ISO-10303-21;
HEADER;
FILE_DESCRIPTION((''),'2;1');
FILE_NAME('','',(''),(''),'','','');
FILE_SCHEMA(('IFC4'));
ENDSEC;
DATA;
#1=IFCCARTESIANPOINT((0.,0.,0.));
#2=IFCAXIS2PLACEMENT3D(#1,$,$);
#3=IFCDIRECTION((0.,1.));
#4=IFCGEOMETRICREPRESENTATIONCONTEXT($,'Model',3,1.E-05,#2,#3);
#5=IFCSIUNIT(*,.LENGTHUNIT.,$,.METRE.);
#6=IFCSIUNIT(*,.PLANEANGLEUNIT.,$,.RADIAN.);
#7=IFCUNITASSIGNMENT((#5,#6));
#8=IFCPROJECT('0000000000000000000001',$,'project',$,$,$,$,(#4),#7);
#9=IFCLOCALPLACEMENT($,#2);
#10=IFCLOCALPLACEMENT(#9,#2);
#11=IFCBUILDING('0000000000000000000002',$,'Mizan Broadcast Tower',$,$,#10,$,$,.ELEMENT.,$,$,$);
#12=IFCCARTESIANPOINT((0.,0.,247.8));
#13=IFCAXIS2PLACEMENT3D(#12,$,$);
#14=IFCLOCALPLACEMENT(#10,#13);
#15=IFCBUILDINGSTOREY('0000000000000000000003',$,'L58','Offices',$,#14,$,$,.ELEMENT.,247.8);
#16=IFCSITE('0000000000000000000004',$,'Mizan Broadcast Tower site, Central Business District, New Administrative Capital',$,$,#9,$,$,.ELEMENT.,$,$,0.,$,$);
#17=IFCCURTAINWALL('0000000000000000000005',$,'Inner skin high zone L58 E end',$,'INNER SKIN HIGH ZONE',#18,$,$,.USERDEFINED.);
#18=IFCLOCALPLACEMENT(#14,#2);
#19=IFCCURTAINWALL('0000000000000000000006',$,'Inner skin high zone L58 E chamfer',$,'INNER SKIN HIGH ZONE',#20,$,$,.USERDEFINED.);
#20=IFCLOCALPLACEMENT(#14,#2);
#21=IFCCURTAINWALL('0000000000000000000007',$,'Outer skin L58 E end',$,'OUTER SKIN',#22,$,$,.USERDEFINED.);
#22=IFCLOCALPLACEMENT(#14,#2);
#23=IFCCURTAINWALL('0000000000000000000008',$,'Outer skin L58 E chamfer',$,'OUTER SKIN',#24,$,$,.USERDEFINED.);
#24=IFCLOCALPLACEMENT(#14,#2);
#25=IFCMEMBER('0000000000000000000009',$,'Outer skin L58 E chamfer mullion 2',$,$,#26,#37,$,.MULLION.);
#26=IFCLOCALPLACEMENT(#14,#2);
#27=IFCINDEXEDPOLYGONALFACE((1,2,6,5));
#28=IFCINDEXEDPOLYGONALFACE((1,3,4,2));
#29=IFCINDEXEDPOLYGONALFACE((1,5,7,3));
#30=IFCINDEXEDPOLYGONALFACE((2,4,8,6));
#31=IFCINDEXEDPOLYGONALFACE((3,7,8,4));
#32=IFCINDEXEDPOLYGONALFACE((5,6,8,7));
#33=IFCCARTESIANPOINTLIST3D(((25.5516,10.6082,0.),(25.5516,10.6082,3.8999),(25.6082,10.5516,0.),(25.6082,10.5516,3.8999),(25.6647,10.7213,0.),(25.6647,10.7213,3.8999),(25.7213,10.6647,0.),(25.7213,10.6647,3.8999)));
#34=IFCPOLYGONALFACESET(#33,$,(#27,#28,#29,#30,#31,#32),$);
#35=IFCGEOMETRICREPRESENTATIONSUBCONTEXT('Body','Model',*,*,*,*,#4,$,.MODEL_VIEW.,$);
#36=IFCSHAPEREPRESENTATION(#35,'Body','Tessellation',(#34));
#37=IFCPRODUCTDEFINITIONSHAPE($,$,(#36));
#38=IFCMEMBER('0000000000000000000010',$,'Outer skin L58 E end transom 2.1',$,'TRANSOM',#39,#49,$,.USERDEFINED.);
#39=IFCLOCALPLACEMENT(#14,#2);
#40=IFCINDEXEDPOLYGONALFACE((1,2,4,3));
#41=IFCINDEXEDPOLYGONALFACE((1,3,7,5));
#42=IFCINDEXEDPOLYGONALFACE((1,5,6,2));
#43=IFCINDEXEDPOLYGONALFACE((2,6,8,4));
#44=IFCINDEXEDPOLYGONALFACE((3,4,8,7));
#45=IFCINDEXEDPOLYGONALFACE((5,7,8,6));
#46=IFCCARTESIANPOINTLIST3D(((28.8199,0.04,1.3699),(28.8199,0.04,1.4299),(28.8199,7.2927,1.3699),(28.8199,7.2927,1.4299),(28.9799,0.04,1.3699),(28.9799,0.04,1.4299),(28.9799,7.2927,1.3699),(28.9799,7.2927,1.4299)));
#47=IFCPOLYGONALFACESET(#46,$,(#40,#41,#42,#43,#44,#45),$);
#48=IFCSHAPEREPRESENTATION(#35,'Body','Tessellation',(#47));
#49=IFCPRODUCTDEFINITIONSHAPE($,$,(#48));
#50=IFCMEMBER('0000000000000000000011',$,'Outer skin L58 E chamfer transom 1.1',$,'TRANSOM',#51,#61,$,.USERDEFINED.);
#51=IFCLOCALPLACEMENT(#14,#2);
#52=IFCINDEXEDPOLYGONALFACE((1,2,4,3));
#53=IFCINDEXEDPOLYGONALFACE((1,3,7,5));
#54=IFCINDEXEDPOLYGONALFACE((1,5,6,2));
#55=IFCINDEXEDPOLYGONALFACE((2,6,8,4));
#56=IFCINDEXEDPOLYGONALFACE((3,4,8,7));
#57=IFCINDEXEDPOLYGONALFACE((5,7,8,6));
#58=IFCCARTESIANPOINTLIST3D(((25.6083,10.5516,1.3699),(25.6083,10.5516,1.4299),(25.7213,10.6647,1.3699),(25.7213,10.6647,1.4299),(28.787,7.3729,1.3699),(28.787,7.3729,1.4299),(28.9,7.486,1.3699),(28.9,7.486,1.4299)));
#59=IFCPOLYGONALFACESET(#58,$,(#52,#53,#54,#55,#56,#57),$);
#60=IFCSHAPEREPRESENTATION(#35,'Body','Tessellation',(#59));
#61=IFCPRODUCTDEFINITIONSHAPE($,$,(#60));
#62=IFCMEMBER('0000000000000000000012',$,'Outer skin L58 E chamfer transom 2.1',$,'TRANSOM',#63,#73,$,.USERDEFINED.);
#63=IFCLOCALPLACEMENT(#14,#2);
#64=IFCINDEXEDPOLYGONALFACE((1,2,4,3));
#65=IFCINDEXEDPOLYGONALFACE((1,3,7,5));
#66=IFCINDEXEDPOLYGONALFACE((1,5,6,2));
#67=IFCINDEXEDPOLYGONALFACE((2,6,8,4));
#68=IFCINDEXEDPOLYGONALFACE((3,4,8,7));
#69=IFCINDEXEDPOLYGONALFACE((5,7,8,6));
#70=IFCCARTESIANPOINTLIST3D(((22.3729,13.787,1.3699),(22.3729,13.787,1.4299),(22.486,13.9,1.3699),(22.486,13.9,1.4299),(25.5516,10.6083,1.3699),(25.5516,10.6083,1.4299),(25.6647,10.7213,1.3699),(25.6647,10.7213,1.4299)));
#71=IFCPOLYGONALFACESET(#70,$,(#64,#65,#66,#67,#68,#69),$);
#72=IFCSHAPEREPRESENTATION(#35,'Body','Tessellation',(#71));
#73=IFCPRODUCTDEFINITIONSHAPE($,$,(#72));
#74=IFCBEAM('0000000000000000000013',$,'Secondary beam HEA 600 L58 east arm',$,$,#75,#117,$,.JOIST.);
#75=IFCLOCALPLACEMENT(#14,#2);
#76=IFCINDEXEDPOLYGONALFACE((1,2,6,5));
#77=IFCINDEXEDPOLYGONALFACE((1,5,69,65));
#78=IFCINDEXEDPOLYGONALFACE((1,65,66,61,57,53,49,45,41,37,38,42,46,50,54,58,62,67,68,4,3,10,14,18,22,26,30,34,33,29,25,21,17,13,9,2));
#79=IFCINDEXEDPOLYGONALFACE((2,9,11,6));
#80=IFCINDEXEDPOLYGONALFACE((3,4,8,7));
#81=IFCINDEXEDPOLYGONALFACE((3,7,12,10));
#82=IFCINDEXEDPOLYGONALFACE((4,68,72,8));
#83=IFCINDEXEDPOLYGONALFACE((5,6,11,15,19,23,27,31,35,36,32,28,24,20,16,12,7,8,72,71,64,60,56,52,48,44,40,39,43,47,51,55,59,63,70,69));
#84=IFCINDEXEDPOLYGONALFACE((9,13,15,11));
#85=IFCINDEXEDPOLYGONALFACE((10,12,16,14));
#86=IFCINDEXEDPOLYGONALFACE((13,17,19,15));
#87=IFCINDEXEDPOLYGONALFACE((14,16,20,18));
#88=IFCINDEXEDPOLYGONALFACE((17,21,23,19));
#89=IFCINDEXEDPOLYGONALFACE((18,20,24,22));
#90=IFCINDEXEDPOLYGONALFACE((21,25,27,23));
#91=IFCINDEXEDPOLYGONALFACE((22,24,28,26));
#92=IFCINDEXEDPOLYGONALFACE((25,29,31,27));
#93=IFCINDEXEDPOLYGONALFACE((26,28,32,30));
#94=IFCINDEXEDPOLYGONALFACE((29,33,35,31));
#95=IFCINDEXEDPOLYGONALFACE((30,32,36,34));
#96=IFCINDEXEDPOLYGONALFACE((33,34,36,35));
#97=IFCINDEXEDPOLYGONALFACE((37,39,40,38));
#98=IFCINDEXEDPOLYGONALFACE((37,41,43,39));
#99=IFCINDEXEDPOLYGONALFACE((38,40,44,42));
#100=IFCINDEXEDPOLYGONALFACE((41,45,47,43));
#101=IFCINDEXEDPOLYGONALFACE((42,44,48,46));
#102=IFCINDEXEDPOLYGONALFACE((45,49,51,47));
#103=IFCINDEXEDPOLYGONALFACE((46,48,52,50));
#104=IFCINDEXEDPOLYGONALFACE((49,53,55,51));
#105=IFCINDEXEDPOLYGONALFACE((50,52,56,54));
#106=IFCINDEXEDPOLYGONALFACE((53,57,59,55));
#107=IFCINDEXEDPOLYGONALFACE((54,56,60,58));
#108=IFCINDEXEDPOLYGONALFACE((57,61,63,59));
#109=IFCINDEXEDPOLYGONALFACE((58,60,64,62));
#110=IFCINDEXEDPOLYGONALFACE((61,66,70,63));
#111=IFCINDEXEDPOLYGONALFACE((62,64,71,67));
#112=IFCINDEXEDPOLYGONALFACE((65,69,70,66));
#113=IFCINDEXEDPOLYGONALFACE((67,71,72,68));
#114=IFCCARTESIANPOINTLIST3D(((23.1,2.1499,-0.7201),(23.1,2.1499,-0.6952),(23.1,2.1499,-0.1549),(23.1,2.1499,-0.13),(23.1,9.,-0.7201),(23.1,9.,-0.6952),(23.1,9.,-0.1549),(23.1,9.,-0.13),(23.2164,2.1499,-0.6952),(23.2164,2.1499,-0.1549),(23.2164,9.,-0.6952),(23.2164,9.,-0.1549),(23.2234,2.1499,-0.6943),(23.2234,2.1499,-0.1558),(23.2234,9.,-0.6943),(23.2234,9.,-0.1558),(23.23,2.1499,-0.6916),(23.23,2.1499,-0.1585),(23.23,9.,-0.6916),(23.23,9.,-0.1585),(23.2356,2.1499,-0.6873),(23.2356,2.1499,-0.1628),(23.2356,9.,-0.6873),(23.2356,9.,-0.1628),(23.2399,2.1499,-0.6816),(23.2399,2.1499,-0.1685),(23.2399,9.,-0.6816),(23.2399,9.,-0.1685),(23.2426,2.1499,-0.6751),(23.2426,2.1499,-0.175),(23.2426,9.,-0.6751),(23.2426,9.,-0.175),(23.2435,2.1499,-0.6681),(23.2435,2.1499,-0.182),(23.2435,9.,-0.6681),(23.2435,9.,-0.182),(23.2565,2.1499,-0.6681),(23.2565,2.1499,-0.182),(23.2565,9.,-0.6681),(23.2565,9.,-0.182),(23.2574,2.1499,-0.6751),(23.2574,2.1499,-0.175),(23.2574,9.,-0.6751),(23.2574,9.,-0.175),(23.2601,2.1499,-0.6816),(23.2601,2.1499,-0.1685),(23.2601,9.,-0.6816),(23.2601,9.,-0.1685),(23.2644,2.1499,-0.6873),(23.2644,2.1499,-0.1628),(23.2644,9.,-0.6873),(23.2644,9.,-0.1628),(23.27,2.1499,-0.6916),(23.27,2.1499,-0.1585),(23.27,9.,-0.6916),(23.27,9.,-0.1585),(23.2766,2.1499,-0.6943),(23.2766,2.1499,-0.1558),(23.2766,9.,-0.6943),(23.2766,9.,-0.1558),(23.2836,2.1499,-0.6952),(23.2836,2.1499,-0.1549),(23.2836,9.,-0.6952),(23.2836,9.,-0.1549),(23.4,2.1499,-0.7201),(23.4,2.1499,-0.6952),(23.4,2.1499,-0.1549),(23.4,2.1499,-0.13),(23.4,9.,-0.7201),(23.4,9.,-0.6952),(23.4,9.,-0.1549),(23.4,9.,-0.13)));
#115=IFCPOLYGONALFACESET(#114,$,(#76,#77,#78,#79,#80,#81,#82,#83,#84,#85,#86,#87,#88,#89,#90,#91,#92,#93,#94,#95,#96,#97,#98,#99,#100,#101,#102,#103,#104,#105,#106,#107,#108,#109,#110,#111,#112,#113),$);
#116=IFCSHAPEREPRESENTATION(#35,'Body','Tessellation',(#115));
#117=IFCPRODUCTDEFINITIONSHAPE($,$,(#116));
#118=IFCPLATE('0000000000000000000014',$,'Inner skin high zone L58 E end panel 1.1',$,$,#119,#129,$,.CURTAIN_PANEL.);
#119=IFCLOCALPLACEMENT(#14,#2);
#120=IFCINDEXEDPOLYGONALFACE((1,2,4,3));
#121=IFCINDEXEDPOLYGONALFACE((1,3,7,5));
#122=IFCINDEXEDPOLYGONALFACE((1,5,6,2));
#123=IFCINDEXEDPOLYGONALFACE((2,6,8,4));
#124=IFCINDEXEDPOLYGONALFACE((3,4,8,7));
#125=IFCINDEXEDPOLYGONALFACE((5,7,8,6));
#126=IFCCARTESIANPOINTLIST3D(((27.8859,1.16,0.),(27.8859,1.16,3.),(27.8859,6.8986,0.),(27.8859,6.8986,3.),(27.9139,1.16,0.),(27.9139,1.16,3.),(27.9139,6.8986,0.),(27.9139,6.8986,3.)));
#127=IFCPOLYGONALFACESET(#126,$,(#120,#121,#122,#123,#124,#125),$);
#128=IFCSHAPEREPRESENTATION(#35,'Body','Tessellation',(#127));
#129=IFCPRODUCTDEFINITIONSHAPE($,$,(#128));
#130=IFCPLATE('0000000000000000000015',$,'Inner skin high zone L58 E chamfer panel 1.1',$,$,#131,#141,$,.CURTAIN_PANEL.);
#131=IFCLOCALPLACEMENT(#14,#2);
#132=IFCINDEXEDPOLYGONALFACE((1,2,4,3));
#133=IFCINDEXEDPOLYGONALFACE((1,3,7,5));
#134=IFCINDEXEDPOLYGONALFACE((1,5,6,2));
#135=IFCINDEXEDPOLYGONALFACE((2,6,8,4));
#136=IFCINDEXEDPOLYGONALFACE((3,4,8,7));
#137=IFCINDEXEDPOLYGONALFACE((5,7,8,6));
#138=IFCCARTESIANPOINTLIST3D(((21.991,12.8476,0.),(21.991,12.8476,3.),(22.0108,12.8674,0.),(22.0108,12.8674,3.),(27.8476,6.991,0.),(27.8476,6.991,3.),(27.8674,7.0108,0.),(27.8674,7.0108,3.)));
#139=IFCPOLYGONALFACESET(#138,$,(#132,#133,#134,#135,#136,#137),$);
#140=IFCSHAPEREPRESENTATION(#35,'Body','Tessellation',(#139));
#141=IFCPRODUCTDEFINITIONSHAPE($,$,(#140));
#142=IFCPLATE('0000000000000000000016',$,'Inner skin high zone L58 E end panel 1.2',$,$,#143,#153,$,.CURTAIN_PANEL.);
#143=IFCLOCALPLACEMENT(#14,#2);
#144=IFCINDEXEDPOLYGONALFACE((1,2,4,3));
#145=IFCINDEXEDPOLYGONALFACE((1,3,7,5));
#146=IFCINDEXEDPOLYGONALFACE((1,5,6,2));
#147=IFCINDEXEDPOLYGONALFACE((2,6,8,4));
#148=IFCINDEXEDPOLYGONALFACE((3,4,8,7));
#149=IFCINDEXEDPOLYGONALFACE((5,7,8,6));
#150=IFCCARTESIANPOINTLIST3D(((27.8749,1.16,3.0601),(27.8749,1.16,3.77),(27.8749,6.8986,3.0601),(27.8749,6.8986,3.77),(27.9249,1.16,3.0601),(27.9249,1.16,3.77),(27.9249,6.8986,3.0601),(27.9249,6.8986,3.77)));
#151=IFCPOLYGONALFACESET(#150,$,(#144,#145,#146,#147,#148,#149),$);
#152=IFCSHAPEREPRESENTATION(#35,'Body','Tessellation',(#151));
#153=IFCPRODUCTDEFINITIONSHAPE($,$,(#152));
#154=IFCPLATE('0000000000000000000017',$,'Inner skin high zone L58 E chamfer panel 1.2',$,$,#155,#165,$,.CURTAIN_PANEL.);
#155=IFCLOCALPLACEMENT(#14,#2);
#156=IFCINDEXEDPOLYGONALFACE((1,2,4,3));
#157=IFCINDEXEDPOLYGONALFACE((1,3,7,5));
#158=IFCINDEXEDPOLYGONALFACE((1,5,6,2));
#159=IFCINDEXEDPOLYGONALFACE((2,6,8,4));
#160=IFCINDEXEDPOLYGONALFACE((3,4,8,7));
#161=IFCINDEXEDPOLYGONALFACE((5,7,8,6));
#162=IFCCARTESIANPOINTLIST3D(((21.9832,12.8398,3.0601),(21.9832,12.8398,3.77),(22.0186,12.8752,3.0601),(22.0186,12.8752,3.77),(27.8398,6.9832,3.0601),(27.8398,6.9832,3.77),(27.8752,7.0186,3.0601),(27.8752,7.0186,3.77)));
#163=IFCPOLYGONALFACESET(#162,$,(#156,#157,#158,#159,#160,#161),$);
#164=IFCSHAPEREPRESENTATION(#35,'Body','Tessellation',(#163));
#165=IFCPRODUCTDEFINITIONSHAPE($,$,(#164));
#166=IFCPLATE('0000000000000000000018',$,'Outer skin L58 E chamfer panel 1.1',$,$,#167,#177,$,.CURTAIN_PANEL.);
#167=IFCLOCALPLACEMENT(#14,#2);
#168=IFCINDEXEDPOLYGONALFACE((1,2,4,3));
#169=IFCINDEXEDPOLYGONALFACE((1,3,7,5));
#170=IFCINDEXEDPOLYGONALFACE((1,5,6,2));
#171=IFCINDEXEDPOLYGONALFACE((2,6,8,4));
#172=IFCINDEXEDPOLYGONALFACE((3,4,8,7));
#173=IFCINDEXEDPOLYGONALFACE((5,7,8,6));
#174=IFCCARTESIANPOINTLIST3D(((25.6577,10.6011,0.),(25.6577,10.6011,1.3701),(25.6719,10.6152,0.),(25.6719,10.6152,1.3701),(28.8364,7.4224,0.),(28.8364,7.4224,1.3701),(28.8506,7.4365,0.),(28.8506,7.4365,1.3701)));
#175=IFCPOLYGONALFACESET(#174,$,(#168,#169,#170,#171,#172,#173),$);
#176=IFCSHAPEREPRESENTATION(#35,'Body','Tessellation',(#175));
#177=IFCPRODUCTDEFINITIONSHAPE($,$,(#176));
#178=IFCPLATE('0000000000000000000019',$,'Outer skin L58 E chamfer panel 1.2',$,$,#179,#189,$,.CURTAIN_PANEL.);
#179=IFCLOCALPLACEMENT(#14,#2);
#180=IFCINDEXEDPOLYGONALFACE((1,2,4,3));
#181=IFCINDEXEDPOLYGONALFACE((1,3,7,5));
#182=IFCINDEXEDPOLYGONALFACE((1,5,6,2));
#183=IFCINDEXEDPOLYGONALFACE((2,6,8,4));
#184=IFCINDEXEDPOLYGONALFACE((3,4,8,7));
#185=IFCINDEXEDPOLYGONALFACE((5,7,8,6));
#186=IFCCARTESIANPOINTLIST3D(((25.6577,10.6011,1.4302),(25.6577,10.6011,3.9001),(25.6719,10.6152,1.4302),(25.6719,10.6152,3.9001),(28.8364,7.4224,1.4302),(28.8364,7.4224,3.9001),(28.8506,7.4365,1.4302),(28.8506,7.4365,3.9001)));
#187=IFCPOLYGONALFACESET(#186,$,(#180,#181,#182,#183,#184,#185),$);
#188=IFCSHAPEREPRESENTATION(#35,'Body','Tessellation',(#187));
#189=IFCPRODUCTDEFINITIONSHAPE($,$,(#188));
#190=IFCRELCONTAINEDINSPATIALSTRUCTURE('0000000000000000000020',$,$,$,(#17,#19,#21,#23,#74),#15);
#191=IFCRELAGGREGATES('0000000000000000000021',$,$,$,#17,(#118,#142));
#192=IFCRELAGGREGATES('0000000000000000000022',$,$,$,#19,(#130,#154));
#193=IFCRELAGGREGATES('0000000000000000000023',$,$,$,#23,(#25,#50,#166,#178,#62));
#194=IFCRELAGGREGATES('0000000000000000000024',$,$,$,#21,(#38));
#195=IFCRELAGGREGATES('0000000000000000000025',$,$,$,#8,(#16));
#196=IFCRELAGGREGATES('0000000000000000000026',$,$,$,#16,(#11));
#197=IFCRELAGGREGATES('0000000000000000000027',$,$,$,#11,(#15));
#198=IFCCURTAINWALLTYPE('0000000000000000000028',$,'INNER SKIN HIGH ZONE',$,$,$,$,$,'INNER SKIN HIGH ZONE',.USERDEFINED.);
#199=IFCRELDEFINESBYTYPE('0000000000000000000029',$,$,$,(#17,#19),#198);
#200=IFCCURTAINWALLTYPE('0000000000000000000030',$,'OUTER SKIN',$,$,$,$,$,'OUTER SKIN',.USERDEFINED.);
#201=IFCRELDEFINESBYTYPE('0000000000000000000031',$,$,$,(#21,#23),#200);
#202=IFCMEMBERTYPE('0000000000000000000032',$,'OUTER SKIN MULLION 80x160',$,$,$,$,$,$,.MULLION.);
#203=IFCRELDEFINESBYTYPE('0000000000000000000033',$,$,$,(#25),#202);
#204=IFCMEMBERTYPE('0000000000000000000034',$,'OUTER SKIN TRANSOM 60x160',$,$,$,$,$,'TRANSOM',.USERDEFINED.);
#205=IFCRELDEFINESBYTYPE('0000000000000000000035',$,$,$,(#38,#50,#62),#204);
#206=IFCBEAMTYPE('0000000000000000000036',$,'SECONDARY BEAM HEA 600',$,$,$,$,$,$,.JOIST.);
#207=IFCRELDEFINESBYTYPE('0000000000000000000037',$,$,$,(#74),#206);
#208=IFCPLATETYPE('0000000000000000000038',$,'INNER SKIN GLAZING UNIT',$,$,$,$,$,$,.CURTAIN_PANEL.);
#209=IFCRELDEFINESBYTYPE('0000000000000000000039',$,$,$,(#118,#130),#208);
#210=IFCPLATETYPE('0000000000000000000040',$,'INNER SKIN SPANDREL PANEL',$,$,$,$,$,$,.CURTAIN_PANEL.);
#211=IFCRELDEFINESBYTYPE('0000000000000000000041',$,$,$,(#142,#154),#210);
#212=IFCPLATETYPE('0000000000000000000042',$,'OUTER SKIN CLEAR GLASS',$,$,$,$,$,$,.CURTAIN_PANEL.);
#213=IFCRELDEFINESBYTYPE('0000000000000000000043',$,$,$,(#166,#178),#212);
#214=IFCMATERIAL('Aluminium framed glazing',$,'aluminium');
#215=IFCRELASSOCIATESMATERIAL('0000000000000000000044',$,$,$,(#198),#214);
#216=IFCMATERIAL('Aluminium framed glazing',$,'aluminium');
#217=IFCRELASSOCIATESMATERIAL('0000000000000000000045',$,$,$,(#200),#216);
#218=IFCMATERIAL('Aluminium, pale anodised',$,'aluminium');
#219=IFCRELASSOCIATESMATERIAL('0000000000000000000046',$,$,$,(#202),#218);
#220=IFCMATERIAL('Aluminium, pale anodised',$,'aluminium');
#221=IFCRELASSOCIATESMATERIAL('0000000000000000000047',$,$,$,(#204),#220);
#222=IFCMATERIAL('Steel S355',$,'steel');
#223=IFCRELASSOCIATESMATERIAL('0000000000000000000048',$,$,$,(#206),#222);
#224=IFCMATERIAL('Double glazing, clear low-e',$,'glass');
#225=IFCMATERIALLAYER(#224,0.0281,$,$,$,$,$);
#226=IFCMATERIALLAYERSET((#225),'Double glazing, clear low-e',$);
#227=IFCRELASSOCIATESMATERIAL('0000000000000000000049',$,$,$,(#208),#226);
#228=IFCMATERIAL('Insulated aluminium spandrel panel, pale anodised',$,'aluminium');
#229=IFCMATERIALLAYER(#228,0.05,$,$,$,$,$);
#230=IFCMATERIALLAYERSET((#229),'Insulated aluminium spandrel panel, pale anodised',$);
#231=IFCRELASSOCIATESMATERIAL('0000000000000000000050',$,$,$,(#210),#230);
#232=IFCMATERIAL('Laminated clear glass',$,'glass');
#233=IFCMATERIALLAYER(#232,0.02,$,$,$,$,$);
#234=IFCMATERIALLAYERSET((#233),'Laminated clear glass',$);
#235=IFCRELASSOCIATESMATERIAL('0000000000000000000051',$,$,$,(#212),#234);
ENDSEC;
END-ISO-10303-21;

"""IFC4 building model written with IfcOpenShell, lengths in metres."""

from ifc_helpers import new_model, si_unit, direction, frame, origin, origin_2d, place, context, subcontext, project, spatial, rectangle, i_section, extrude, material, layer, layer_set, material_profile, profile_set, type_object, element, aggregate, save


model = new_model("IFC4")

# Units and contexts
model_context = context("Model", 3, precision=1e-05, world=origin(), true_north=direction((0.0, 1.0)))
body_context = subcontext(model_context, "Body", "Model", "MODEL_VIEW")
ifc_project = project(units=[si_unit("LENGTHUNIT", "METRE"), si_unit("PLANEANGLEUNIT", "RADIAN")], contexts=[model_context])

# Site, building, storey
site_placement = place(None, origin())
site = spatial("IfcSite", under=ifc_project, at=site_placement, Name="Mizan Broadcast Tower site, Central Business District, New Administrative Capital", CompositionType="ELEMENT", RefElevation=0.0)
building_placement = place(site_placement, origin())
building = spatial("IfcBuilding", under=site, at=building_placement, Name="Mizan Broadcast Tower", CompositionType="ELEMENT")
storey_placement = place(building_placement, frame((0.0, 0.0, 247.8)))
storey = spatial("IfcBuildingStorey", under=building, at=storey_placement, Name="L58", Description="Offices", CompositionType="ELEMENT", Elevation=247.8)

# Curtain wall
ifc_material_1 = material(Name="Aluminium framed glazing", Category="aluminium")
curtain_wall_type_1 = type_object("IfcCurtainWallType", Name="INNER SKIN HIGH ZONE", ElementType="INNER SKIN HIGH ZONE", PredefinedType="USERDEFINED", material=ifc_material_1)
curtain_wall_1_placement = place(storey_placement, origin())
curtain_wall_1 = element("IfcCurtainWall", 1, at=curtain_wall_1_placement, inside=storey, type_object=curtain_wall_type_1, Name="Inner skin high zone L58 E end", ObjectType="INNER SKIN HIGH ZONE", PredefinedType="USERDEFINED")

# Curtain wall
curtain_wall_2_placement = place(storey_placement, origin())
curtain_wall_2 = element("IfcCurtainWall", 2, at=curtain_wall_2_placement, inside=storey, type_object=curtain_wall_type_1, Name="Inner skin high zone L58 E chamfer", ObjectType="INNER SKIN HIGH ZONE", PredefinedType="USERDEFINED")

# Curtain wall
ifc_material_2 = material(Name="Aluminium framed glazing", Category="aluminium")
curtain_wall_type_2 = type_object("IfcCurtainWallType", Name="OUTER SKIN", ElementType="OUTER SKIN", PredefinedType="USERDEFINED", material=ifc_material_2)
curtain_wall_3_placement = place(storey_placement, origin())
curtain_wall_3 = element("IfcCurtainWall", 3, at=curtain_wall_3_placement, inside=storey, type_object=curtain_wall_type_2, Name="Outer skin L58 E end", ObjectType="OUTER SKIN", PredefinedType="USERDEFINED")
ifc_material_3 = material(Name="Aluminium, pale anodised", Category="aluminium")
ifc_material_profile_1 = material_profile(ifc_material_3, rectangle(XDim=0.1599, YDim=0.0801, at=origin_2d()), Name="MULLION 160x80")
ifc_profile_set_1 = profile_set([ifc_material_profile_1], Name="Aluminium, pale anodised")
member_type_1 = type_object("IfcMemberType", Name="OUTER SKIN MULLION 80x160", PredefinedType="MULLION", material=ifc_profile_set_1)

# Curtain wall, member
curtain_wall_4_placement = place(storey_placement, origin())
curtain_wall_4 = element("IfcCurtainWall", 4, at=curtain_wall_4_placement, inside=storey, type_object=curtain_wall_type_2, Name="Outer skin L58 E chamfer", ObjectType="OUTER SKIN", PredefinedType="USERDEFINED")
member_1_placement = place(storey_placement, frame((25.6365, 10.6365, 0.0), z_axis=(0.0, 0.0, 1.0), x_axis=(-0.707107, -0.707107, 0.0)))
member_1 = element("IfcMember", 5, at=member_1_placement, type_object=member_type_1, Name="Outer skin L58 E chamfer mullion 2", PredefinedType="MULLION", context=body_context, shape_type="SweptSolid", body=[
    extrude(rectangle(XDim=0.1599, YDim=0.0801, at=origin_2d()), origin(), (0.0, 0.0, 1.0), 3.8999),
])

# Members
ifc_material_4 = material(Name="Aluminium, pale anodised", Category="aluminium")
ifc_material_profile_2 = material_profile(ifc_material_4, rectangle(XDim=0.1599, YDim=0.0601, at=origin_2d()), Name="TRANSOM 160x60")
ifc_profile_set_2 = profile_set([ifc_material_profile_2], Name="Aluminium, pale anodised")
member_type_2 = type_object("IfcMemberType", Name="OUTER SKIN TRANSOM 60x160", ElementType="TRANSOM", PredefinedType="USERDEFINED", material=ifc_profile_set_2)
member_2_placement = place(storey_placement, frame((28.8999, 0.04, 1.3999), z_axis=(0.0, 1.0, 0.0), x_axis=(-1.0, 0.0, 0.0)))
member_2 = element("IfcMember", 6, at=member_2_placement, type_object=member_type_2, Name="Outer skin L58 E end transom 2.1", ObjectType="TRANSOM", PredefinedType="USERDEFINED", context=body_context, shape_type="SweptSolid", body=[
    extrude(rectangle(XDim=0.1599, YDim=0.0601, at=origin_2d()), origin(), (0.0, 0.0, 1.0), 7.2527),
])
member_3_placement = place(storey_placement, frame((28.8435, 7.4294, 1.3999), z_axis=(-0.707107, 0.707107, 0.0), x_axis=(-0.707107, -0.707107, 0.0)))
member_3 = element("IfcMember", 7, at=member_3_placement, type_object=member_type_2, Name="Outer skin L58 E chamfer transom 1.1", ObjectType="TRANSOM", PredefinedType="USERDEFINED", context=body_context, shape_type="SweptSolid", body=[
    extrude(rectangle(XDim=0.1599, YDim=0.0601, at=origin_2d()), origin(), (0.0, 0.0, 1.0), 4.4954),
])
member_4_placement = place(storey_placement, frame((25.6082, 10.6648, 1.3999), z_axis=(-0.707107, 0.707107, 0.0), x_axis=(-0.707107, -0.707107, 0.0)))
member_4 = element("IfcMember", 8, at=member_4_placement, type_object=member_type_2, Name="Outer skin L58 E chamfer transom 2.1", ObjectType="TRANSOM", PredefinedType="USERDEFINED", context=body_context, shape_type="SweptSolid", body=[
    extrude(rectangle(XDim=0.1599, YDim=0.0601, at=origin_2d()), origin(), (0.0, 0.0, 1.0), 4.4954),
])

# Beam
ifc_material_5 = material(Name="Steel S355", Category="steel")
ifc_material_profile_3 = material_profile(ifc_material_5, i_section(OverallWidth=0.3, OverallDepth=0.5901, WebThickness=0.0129, FlangeThickness=0.0249, FilletRadius=0.0271, at=origin_2d()), Name="HEA 600")
ifc_profile_set_3 = profile_set([ifc_material_profile_3], Name="Steel S355")
beam_type_1 = type_object("IfcBeamType", Name="SECONDARY BEAM HEA 600", PredefinedType="JOIST", material=ifc_profile_set_3)
beam_1_placement = place(storey_placement, frame((23.25, 9.0, -0.425), z_axis=(0.0, -1.0, 0.0), x_axis=(1.0, 0.0, 0.0)))
element("IfcBeam", 9, at=beam_1_placement, inside=storey, type_object=beam_type_1, Name="Secondary beam HEA 600 L58 east arm", PredefinedType="JOIST", context=body_context, shape_type="SweptSolid", body=[
    extrude(i_section(OverallWidth=0.3, OverallDepth=0.5901, WebThickness=0.0129, FlangeThickness=0.0249, FilletRadius=0.0271, at=origin_2d()), origin(), (0.0, 0.0, 1.0), 6.8501),
])

# Plates
ifc_material_6 = material(Name="Double glazing, clear low-e", Category="glass")
ifc_layer_1 = layer(ifc_material_6, 0.0281)
ifc_layer_set_1 = layer_set([ifc_layer_1], Name="Double glazing, clear low-e")
plate_type_1 = type_object("IfcPlateType", Name="INNER SKIN GLAZING UNIT", PredefinedType="CURTAIN_PANEL", material=ifc_layer_set_1)
plate_1_placement = place(storey_placement, frame((27.8999, 4.0293, 0.0), z_axis=(0.0, 0.0, 1.0), x_axis=(0.0, 1.0, 0.0)))
plate_1 = element("IfcPlate", 10, at=plate_1_placement, type_object=plate_type_1, Name="Inner skin high zone L58 E end panel 1.1", PredefinedType="CURTAIN_PANEL", context=body_context, shape_type="SweptSolid", body=[
    extrude(rectangle(XDim=5.7385, YDim=0.0281, at=origin_2d()), origin(), (0.0, 0.0, 1.0), 3.0),
])
plate_2_placement = place(storey_placement, frame((24.9292, 9.9292, 0.0), z_axis=(0.0, 0.0, 1.0), x_axis=(-0.707107, 0.707107, 0.0)))
plate_2 = element("IfcPlate", 11, at=plate_2_placement, type_object=plate_type_1, Name="Inner skin high zone L58 E chamfer panel 1.1", PredefinedType="CURTAIN_PANEL", context=body_context, shape_type="SweptSolid", body=[
    extrude(rectangle(XDim=8.2825, YDim=0.0281, at=origin_2d()), origin(), (0.0, 0.0, 1.0), 3.0),
])
ifc_material_7 = material(Name="Insulated aluminium spandrel panel, pale anodised", Category="aluminium")
ifc_layer_2 = layer(ifc_material_7, 0.05)
ifc_layer_set_2 = layer_set([ifc_layer_2], Name="Insulated aluminium spandrel panel, pale anodised")
plate_type_2 = type_object("IfcPlateType", Name="INNER SKIN SPANDREL PANEL", PredefinedType="CURTAIN_PANEL", material=ifc_layer_set_2)
plate_3_placement = place(storey_placement, frame((27.8999, 4.0293, 3.0601), z_axis=(0.0, 0.0, 1.0), x_axis=(0.0, 1.0, 0.0)))
plate_3 = element("IfcPlate", 12, at=plate_3_placement, type_object=plate_type_2, Name="Inner skin high zone L58 E end panel 1.2", PredefinedType="CURTAIN_PANEL", context=body_context, shape_type="SweptSolid", body=[
    extrude(rectangle(XDim=5.7385, YDim=0.05, at=origin_2d()), origin(), (0.0, 0.0, 1.0), 0.71),
])
aggregate(curtain_wall_1, [plate_1, plate_3])
plate_4_placement = place(storey_placement, frame((24.9292, 9.9292, 3.0601), z_axis=(0.0, 0.0, 1.0), x_axis=(-0.707107, 0.707107, 0.0)))
plate_4 = element("IfcPlate", 13, at=plate_4_placement, type_object=plate_type_2, Name="Inner skin high zone L58 E chamfer panel 1.2", PredefinedType="CURTAIN_PANEL", context=body_context, shape_type="SweptSolid", body=[
    extrude(rectangle(XDim=8.2825, YDim=0.05, at=origin_2d()), origin(), (0.0, 0.0, 1.0), 0.71),
])
aggregate(curtain_wall_2, [plate_2, plate_4])
ifc_material_8 = material(Name="Laminated clear glass", Category="glass")
ifc_layer_3 = layer(ifc_material_8, 0.02)
ifc_layer_set_3 = layer_set([ifc_layer_3], Name="Laminated clear glass")
plate_type_3 = type_object("IfcPlateType", Name="OUTER SKIN CLEAR GLASS", PredefinedType="CURTAIN_PANEL", material=ifc_layer_set_3)
plate_5_placement = place(storey_placement, frame((27.2542, 9.0188, 0.0), z_axis=(0.0, 0.0, 1.0), x_axis=(-0.707107, 0.707107, 0.0)))
plate_5 = element("IfcPlate", 14, at=plate_5_placement, type_object=plate_type_3, Name="Outer skin L58 E chamfer panel 1.1", PredefinedType="CURTAIN_PANEL", context=body_context, shape_type="SweptSolid", body=[
    extrude(rectangle(XDim=4.4954, YDim=0.02, at=origin_2d()), origin(), (0.0, 0.0, 1.0), 1.3701),
])
plate_6_placement = place(storey_placement, frame((27.2542, 9.0188, 1.4302), z_axis=(0.0, 0.0, 1.0), x_axis=(-0.707107, 0.707107, 0.0)))
plate_6 = element("IfcPlate", 15, at=plate_6_placement, type_object=plate_type_3, Name="Outer skin L58 E chamfer panel 1.2", PredefinedType="CURTAIN_PANEL", context=body_context, shape_type="SweptSolid", body=[
    extrude(rectangle(XDim=4.4954, YDim=0.02, at=origin_2d()), origin(), (0.0, 0.0, 1.0), 2.47),
])
aggregate(curtain_wall_4, [member_1, member_3, plate_5, plate_6, member_4])
aggregate(curtain_wall_3, [member_2])

save(model, "model.ifc")
